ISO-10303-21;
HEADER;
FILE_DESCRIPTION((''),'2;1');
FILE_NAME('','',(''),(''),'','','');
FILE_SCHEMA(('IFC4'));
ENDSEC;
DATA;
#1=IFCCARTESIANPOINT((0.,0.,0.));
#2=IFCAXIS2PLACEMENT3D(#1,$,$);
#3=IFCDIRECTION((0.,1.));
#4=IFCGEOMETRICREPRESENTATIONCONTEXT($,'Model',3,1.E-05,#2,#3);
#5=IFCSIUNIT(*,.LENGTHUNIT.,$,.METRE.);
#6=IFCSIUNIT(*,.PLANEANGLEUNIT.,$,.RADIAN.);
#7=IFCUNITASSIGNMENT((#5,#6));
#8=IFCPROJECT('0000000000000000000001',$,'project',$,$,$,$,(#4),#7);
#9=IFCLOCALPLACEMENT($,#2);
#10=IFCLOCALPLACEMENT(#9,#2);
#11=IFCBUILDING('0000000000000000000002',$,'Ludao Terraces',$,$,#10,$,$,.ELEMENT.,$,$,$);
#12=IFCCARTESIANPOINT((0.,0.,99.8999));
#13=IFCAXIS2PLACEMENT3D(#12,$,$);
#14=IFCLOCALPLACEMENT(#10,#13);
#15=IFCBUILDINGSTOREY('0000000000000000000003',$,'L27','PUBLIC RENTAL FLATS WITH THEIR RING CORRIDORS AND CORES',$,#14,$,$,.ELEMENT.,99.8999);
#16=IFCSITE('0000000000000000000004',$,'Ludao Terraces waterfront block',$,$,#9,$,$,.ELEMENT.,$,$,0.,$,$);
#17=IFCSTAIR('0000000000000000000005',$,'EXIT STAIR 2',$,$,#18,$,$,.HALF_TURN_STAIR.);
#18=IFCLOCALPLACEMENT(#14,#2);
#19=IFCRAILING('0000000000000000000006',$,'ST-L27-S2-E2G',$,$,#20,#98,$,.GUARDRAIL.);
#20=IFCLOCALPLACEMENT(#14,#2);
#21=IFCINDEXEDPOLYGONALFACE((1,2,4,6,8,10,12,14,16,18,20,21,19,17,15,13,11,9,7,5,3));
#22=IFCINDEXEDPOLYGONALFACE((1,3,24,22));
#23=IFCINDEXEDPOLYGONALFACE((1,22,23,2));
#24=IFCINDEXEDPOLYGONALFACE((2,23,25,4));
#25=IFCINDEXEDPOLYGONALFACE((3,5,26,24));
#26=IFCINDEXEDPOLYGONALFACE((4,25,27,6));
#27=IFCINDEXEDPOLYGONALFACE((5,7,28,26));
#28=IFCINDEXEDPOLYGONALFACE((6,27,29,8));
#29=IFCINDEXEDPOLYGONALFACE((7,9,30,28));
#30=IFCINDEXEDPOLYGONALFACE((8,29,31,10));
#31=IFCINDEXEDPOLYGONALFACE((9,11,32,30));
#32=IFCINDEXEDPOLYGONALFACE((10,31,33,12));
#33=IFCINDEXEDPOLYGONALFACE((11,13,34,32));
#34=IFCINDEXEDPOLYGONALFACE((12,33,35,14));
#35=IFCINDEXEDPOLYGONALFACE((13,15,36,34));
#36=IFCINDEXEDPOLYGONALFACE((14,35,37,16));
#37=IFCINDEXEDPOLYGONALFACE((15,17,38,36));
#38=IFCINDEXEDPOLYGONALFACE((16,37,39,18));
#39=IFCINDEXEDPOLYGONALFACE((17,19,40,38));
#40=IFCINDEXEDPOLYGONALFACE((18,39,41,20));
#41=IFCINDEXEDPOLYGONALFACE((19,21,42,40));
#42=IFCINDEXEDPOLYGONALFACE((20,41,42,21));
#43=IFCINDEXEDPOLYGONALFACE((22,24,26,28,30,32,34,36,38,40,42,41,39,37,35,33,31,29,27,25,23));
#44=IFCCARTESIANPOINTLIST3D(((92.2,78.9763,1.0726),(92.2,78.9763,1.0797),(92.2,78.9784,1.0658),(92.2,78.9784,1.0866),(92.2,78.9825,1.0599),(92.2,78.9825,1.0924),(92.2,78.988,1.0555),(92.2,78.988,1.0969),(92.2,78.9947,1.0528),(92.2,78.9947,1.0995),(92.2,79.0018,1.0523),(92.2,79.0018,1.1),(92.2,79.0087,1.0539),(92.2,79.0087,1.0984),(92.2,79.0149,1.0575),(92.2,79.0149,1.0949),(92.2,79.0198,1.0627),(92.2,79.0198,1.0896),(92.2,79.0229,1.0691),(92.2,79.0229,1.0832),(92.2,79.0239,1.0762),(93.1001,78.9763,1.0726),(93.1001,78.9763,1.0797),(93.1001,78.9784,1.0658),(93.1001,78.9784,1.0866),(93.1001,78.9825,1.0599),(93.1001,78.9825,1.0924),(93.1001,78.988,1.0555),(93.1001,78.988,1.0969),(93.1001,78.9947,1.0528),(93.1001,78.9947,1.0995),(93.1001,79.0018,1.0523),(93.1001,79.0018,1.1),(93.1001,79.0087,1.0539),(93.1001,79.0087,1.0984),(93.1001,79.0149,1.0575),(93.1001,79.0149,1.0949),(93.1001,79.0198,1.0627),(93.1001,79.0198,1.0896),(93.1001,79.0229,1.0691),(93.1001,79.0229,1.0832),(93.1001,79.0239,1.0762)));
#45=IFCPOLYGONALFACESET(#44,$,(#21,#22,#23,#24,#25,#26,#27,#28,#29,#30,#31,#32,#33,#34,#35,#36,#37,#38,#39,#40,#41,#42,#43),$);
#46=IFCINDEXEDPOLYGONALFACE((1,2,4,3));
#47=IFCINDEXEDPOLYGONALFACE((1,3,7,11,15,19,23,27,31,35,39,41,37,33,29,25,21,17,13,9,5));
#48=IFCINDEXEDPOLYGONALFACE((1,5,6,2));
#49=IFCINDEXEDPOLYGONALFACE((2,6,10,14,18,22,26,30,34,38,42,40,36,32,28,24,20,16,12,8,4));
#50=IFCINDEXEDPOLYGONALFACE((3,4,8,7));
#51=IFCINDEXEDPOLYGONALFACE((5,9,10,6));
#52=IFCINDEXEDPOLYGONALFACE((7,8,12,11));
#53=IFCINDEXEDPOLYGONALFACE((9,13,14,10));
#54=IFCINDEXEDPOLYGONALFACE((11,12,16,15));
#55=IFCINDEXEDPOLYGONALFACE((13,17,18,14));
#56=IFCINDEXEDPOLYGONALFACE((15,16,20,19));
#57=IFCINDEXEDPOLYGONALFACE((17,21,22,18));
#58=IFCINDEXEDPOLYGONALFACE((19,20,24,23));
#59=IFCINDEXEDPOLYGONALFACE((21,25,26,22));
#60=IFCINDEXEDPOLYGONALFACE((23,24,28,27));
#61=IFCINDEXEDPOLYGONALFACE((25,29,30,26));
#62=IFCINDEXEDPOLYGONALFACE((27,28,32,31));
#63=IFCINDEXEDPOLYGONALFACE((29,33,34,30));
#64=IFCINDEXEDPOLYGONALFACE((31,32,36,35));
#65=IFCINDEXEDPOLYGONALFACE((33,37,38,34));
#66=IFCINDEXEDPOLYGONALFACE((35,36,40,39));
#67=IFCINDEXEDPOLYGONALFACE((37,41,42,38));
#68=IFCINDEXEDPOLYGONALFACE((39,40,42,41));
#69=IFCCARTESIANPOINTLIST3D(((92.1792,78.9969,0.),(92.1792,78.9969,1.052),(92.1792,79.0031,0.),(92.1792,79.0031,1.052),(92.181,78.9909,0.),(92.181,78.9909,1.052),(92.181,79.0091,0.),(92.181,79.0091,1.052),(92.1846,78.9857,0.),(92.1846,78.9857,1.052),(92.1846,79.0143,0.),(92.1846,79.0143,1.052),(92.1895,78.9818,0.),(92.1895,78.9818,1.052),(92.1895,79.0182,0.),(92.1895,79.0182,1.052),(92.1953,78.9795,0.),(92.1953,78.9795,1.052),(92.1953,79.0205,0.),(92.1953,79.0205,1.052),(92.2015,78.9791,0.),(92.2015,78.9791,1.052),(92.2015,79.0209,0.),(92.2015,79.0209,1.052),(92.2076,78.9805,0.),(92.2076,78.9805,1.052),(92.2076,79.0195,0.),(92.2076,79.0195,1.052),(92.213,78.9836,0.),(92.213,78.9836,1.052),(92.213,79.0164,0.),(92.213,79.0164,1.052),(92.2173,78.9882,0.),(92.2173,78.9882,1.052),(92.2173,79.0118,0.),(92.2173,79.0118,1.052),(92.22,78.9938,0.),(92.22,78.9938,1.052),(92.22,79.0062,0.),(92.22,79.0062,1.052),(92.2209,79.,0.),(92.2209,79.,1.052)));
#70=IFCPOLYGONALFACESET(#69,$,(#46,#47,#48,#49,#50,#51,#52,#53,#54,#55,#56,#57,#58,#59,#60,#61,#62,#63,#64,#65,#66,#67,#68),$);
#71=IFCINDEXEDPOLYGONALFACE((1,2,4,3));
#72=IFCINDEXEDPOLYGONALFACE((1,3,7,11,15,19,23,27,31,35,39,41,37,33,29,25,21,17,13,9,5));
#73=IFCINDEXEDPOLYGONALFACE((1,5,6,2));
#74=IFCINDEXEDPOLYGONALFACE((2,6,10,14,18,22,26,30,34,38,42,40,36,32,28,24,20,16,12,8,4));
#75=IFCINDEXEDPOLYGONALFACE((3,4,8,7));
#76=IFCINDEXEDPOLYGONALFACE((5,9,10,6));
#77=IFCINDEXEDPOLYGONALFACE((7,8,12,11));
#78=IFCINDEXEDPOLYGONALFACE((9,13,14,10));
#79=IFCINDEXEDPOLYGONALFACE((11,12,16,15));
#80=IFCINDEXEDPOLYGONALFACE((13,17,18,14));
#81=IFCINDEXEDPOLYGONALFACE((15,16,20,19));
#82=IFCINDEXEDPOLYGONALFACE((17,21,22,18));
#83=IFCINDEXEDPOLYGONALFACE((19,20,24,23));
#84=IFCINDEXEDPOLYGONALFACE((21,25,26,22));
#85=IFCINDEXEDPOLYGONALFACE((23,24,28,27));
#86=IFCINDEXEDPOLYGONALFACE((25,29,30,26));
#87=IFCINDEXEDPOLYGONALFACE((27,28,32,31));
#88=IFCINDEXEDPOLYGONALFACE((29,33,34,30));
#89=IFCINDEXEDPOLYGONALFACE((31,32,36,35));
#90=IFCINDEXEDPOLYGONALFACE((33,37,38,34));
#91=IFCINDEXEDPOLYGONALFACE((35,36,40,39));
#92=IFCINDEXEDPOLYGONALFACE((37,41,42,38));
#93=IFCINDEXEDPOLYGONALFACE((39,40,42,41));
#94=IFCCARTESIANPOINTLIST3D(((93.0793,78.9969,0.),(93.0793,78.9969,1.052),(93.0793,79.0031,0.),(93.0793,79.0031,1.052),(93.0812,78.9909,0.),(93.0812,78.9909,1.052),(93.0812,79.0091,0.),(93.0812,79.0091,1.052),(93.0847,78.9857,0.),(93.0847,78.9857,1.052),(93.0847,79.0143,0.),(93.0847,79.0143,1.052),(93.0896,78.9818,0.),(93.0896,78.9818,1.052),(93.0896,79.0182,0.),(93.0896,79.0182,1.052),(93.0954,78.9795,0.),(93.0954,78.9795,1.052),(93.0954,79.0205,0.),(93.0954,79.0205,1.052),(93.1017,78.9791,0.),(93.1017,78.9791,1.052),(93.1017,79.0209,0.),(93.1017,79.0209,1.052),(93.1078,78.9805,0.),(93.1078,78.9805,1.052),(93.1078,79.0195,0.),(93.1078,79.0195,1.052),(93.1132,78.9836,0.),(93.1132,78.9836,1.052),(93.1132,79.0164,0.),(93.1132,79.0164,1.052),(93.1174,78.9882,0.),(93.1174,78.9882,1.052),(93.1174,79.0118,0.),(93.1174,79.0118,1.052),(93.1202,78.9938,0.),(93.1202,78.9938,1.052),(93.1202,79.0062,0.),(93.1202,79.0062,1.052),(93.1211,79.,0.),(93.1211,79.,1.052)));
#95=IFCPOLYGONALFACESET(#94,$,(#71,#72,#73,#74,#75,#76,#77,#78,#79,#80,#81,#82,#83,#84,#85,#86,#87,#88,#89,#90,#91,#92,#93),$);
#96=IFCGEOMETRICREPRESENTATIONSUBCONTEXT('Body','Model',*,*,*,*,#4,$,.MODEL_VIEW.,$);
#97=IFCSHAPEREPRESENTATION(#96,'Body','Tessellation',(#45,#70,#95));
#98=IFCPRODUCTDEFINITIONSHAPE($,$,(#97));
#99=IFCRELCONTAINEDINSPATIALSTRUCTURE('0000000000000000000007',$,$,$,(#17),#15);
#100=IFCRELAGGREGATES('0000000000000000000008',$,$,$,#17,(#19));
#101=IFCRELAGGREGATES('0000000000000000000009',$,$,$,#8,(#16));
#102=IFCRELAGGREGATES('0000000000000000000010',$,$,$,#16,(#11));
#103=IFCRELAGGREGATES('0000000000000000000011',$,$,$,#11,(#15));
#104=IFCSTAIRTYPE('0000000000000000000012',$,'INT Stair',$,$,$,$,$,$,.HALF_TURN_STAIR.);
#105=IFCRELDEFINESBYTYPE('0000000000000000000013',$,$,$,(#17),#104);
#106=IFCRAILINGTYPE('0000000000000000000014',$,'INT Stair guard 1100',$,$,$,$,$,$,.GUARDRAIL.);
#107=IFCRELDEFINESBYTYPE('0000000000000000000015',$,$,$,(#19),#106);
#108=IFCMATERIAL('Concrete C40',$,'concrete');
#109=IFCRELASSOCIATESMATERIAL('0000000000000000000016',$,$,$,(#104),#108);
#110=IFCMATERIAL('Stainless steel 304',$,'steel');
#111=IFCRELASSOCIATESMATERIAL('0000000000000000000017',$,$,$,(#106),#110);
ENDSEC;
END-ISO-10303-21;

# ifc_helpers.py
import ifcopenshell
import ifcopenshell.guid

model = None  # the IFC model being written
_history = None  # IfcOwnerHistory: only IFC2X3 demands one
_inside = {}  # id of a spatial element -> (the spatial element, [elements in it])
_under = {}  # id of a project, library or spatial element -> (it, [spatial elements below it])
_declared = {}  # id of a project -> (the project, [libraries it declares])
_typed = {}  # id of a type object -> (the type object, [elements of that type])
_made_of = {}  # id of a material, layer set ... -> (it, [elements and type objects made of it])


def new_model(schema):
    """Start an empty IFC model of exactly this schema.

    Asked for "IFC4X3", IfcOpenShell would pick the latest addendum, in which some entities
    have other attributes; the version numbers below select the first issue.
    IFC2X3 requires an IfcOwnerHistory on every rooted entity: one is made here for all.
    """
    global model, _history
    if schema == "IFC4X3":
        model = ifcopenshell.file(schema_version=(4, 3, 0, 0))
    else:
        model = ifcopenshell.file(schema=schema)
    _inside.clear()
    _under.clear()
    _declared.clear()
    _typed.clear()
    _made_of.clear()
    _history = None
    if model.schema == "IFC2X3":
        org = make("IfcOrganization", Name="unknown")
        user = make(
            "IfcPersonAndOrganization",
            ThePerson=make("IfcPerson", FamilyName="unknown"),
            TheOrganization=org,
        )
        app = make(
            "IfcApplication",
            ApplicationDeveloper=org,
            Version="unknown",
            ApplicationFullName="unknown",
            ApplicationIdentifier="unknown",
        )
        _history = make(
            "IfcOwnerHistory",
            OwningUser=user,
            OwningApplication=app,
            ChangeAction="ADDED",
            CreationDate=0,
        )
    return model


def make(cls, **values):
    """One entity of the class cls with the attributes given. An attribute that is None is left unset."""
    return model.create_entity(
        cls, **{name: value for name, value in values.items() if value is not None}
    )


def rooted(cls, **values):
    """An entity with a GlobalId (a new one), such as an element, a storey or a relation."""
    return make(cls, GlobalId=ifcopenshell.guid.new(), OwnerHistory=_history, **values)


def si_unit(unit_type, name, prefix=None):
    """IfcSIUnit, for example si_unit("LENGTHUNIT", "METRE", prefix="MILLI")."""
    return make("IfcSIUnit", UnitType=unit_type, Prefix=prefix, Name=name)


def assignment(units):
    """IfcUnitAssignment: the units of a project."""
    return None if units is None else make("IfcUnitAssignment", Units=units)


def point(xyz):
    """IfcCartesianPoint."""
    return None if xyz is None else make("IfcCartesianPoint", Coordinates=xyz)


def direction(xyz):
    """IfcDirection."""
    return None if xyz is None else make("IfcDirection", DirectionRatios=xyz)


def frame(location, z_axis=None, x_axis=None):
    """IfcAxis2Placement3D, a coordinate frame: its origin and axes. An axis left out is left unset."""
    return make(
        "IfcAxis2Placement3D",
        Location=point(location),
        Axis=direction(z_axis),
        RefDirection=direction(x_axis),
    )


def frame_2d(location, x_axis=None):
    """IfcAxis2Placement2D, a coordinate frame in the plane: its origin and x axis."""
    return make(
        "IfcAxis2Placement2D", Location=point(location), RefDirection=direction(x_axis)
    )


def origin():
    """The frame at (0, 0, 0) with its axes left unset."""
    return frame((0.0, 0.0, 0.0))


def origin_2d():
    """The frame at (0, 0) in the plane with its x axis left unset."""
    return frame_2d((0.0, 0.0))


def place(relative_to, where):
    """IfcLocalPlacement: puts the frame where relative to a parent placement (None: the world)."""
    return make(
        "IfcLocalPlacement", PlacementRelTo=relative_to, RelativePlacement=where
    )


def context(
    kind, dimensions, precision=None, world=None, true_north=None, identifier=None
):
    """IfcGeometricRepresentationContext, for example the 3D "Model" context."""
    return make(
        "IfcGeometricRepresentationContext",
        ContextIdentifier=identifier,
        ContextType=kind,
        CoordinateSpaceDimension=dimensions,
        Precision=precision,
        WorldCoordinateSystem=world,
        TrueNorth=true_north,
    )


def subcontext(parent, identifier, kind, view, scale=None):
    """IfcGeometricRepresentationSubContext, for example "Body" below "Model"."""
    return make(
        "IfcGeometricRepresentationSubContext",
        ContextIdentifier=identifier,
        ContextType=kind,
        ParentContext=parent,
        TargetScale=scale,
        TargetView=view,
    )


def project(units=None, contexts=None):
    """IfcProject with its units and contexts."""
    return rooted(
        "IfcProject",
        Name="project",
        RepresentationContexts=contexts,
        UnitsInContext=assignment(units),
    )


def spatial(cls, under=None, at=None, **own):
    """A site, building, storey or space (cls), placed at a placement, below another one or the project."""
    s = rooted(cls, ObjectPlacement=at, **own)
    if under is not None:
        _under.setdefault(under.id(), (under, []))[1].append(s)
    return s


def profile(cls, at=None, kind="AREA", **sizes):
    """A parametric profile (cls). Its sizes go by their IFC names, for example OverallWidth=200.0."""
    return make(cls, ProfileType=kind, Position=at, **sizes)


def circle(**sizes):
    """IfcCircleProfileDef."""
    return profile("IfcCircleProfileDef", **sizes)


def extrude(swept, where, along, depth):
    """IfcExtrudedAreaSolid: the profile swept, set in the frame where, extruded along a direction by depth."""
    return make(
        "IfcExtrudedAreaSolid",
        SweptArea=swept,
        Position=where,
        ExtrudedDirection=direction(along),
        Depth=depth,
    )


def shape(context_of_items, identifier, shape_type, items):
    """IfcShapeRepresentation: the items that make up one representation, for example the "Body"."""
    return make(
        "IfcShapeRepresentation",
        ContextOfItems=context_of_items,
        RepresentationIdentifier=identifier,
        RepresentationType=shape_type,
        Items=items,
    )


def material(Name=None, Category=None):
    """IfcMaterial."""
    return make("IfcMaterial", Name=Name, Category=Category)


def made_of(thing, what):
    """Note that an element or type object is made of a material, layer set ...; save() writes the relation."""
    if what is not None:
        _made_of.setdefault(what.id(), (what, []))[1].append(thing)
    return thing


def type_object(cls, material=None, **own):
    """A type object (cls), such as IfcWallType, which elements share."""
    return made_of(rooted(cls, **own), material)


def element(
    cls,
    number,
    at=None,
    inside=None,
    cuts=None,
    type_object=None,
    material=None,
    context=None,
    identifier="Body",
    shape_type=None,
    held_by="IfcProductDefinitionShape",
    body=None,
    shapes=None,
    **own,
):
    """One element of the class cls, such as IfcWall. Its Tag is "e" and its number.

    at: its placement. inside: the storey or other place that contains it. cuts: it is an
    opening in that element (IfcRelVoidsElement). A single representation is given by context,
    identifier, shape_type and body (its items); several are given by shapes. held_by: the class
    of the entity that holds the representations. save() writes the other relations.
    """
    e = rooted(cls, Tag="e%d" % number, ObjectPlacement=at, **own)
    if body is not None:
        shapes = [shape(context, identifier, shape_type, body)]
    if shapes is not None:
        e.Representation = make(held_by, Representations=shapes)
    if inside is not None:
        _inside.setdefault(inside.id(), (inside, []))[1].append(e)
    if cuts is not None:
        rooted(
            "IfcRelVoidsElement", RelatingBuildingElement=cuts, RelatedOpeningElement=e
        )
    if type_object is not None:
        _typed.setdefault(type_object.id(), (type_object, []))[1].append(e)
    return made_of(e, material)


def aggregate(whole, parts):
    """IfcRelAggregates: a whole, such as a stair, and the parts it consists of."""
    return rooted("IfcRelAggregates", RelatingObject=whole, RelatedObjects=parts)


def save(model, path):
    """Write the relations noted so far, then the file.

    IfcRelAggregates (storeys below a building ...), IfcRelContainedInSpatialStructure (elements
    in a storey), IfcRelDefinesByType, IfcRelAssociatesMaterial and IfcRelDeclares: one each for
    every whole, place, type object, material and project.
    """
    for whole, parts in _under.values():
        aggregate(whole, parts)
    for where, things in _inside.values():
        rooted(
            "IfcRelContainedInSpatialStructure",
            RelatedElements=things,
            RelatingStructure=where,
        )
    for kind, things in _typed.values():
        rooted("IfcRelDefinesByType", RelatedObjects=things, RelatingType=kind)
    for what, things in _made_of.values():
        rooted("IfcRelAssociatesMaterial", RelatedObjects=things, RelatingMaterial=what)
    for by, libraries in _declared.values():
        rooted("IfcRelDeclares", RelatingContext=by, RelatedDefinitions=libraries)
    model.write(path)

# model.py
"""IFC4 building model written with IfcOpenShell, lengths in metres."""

from ifc_helpers import new_model, si_unit, direction, frame, origin, origin_2d, place, context, subcontext, project, spatial, circle, extrude, material, type_object, element, aggregate, save


model = new_model("IFC4")

# Units and contexts
model_context = context("Model", 3, precision=1e-05, world=origin(), true_north=direction((0.0, 1.0)))
body_context = subcontext(model_context, "Body", "Model", "MODEL_VIEW")
ifc_project = project(units=[si_unit("LENGTHUNIT", "METRE"), si_unit("PLANEANGLEUNIT", "RADIAN")], contexts=[model_context])

# Site, building, storey
site_placement = place(None, origin())
site = spatial("IfcSite", under=ifc_project, at=site_placement, Name="Ludao Terraces waterfront block", CompositionType="ELEMENT", RefElevation=0.0)
building_placement = place(site_placement, origin())
building = spatial("IfcBuilding", under=site, at=building_placement, Name="Ludao Terraces", CompositionType="ELEMENT")
storey_placement = place(building_placement, frame((0.0, 0.0, 99.8999)))
storey = spatial("IfcBuildingStorey", under=building, at=storey_placement, Name="L27", Description="PUBLIC RENTAL FLATS WITH THEIR RING CORRIDORS AND CORES", CompositionType="ELEMENT", Elevation=99.8999)

# Stair, railing
ifc_material_1 = material(Name="Concrete C40", Category="concrete")
stair_type = type_object("IfcStairType", Name="INT Stair", PredefinedType="HALF_TURN_STAIR", material=ifc_material_1)
stair_placement = place(storey_placement, origin())
stair = element("IfcStair", 1, at=stair_placement, inside=storey, type_object=stair_type, Name="EXIT STAIR 2", PredefinedType="HALF_TURN_STAIR")
ifc_material_2 = material(Name="Stainless steel 304", Category="steel")
railing_type_1 = type_object("IfcRailingType", Name="INT Stair guard 1100", PredefinedType="GUARDRAIL", material=ifc_material_2)
railing_1_placement = place(storey_placement, frame((92.2, 79.0, 0.0)))
railing_1 = element("IfcRailing", 2, at=railing_1_placement, type_object=railing_type_1, Name="ST-L27-S2-E2G", PredefinedType="GUARDRAIL", context=body_context, shape_type="SweptSolid", body=[
    extrude(circle(Radius=0.0239, at=origin_2d()), frame((0.0, 0.0, 1.0762), z_axis=(1.0, 0.0, 0.0), x_axis=(0.0, 1.0, 0.0)), (0.0, 0.0, 1.0), 0.9001),
    extrude(circle(Radius=0.021, at=origin_2d()), origin(), (0.0, 0.0, 1.0), 1.052),
    extrude(circle(Radius=0.021, at=origin_2d()), frame((0.9001, 0.0, 0.0)), (0.0, 0.0, 1.0), 1.052),
])
aggregate(stair, [railing_1])

save(model, "model.ifc")
